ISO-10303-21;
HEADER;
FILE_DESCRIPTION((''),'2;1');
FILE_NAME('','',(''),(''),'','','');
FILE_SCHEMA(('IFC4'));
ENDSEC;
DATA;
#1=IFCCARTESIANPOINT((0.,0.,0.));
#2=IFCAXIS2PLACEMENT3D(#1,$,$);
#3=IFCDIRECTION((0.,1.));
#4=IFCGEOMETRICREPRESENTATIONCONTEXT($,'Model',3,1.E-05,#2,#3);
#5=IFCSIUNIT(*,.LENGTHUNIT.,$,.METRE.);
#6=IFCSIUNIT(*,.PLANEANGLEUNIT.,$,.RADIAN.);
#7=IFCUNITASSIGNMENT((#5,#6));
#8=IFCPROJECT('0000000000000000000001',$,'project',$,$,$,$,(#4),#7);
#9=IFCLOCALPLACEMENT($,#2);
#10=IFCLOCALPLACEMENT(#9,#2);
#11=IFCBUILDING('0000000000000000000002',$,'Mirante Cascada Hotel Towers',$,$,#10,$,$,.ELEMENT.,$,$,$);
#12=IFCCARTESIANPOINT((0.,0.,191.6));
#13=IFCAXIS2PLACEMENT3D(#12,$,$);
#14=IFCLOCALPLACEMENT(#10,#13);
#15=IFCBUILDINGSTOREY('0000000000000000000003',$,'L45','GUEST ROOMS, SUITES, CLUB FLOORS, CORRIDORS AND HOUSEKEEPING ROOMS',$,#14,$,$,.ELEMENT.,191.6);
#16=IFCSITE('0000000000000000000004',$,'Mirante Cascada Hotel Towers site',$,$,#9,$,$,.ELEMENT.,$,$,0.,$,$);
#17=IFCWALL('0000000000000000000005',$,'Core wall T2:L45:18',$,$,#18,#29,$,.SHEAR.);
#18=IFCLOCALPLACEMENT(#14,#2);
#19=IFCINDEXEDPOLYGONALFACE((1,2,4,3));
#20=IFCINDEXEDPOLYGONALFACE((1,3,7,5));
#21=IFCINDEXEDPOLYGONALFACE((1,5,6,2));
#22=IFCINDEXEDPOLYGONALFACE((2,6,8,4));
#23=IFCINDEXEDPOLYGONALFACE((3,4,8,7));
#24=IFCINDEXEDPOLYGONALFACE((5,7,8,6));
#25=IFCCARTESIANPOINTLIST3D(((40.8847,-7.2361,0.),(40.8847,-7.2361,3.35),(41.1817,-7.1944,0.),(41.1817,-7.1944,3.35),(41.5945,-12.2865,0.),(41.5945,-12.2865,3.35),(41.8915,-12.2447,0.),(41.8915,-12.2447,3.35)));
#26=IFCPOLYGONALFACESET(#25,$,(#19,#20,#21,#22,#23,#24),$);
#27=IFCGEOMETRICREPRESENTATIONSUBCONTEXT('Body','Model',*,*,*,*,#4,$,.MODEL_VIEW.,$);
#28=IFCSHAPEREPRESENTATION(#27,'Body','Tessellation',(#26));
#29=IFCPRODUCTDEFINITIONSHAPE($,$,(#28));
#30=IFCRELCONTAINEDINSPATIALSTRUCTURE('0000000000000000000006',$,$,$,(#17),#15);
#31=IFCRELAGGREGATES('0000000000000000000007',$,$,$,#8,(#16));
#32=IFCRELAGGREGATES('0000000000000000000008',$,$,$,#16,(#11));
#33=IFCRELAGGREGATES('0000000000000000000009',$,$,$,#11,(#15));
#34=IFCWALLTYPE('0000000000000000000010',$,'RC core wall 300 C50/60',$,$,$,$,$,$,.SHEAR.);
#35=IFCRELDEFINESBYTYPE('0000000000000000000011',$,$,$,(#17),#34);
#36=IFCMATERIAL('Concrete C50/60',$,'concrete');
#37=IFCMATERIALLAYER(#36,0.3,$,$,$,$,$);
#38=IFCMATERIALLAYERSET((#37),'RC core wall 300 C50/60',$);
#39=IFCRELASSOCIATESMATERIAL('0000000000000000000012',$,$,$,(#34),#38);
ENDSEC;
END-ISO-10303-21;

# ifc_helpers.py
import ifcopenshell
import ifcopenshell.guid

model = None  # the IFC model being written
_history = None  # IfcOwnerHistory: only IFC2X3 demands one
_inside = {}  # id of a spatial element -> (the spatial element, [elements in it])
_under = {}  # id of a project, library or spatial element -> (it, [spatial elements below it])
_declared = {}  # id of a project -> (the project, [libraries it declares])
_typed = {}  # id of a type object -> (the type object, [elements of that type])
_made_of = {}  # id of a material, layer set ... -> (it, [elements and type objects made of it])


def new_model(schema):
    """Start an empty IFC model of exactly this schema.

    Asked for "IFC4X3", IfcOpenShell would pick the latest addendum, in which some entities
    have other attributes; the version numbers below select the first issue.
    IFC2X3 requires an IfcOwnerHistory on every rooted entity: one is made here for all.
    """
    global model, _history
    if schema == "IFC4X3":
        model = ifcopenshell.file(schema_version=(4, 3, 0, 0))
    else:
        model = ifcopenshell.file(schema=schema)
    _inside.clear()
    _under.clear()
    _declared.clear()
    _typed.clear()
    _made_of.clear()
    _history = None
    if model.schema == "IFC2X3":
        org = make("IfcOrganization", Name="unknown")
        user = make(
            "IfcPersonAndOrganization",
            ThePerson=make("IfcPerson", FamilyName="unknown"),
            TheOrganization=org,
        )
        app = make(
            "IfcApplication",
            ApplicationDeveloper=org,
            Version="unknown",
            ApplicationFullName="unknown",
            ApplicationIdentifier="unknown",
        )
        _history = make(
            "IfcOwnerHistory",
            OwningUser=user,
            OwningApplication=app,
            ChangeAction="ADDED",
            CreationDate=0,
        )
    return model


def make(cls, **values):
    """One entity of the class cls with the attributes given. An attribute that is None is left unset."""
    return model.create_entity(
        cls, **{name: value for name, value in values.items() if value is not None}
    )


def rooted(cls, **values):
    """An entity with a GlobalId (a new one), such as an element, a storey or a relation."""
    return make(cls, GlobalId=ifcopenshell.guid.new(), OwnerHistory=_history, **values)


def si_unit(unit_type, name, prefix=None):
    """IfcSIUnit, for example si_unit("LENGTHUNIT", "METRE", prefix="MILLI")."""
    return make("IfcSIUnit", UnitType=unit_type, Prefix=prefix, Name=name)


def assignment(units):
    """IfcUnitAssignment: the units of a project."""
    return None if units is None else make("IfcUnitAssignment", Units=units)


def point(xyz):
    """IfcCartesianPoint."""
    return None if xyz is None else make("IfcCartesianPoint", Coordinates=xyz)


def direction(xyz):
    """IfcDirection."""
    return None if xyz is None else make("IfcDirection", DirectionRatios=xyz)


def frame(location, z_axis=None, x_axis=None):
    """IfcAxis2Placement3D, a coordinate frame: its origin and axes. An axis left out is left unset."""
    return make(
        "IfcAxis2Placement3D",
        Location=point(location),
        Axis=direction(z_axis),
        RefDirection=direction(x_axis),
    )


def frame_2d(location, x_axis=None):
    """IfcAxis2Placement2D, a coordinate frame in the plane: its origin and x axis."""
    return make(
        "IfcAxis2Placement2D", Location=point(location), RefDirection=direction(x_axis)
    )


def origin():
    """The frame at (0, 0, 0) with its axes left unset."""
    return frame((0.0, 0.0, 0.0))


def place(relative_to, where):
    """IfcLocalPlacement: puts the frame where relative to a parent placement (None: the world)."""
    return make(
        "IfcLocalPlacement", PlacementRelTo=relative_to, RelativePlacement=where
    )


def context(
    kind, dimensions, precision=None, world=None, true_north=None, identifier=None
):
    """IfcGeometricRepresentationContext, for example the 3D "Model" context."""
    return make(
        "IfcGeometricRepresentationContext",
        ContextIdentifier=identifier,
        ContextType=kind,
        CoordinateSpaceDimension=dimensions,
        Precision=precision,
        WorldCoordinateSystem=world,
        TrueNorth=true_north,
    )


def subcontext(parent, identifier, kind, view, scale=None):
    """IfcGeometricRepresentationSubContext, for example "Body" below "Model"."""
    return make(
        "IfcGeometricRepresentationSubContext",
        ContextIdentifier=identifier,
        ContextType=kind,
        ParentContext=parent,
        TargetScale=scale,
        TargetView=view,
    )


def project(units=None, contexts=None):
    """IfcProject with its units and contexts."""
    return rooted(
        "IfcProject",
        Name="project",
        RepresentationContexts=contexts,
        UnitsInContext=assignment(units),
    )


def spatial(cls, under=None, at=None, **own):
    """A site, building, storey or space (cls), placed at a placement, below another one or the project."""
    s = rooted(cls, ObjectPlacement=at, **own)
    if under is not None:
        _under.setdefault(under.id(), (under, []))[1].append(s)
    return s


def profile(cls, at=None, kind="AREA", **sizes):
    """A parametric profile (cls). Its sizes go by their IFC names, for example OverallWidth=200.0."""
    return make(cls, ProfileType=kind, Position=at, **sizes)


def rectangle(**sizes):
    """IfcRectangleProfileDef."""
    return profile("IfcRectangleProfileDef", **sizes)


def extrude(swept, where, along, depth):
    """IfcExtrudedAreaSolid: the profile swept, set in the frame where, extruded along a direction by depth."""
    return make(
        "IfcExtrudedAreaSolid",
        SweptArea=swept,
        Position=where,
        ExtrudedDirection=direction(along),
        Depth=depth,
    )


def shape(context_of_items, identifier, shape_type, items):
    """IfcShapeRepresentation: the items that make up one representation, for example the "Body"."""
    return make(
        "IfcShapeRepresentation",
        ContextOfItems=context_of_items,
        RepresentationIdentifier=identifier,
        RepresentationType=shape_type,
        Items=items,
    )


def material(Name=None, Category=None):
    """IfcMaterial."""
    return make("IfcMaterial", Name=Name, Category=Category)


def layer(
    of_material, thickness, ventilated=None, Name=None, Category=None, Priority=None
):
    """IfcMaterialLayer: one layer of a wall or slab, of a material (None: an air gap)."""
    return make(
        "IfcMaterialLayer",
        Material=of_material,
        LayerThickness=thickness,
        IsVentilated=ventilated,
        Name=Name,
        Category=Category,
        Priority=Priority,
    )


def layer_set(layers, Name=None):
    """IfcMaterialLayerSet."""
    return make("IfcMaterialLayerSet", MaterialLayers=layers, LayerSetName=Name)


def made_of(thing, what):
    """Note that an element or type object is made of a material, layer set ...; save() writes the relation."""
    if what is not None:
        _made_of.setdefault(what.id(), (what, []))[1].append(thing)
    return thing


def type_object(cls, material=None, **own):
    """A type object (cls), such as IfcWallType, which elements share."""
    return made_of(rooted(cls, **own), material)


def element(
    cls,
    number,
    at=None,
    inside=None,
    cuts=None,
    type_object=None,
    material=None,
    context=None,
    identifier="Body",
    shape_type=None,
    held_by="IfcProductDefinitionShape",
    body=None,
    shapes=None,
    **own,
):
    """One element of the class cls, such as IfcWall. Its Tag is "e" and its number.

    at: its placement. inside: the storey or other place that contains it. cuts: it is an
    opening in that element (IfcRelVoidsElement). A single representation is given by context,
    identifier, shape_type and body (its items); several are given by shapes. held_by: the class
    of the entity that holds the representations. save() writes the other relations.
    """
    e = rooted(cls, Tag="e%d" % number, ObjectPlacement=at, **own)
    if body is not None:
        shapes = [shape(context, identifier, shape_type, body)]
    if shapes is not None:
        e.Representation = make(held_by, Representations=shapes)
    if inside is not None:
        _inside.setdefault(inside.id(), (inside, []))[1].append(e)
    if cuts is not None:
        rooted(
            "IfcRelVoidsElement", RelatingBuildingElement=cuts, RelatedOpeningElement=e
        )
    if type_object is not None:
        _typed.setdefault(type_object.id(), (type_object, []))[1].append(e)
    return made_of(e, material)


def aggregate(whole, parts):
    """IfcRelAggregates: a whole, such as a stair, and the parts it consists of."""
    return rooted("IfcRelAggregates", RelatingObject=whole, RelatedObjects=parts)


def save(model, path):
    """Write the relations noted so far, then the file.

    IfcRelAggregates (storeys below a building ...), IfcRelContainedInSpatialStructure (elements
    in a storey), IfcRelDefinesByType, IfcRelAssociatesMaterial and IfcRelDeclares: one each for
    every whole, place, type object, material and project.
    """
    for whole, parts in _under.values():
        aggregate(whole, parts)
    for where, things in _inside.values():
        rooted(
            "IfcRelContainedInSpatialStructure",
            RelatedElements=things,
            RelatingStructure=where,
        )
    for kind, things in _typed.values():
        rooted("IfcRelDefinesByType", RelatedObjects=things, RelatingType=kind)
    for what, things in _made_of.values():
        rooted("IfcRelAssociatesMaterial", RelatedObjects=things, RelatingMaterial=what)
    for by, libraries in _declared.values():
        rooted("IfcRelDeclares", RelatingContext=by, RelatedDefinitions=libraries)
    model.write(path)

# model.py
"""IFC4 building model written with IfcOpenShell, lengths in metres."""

from ifc_helpers import new_model, si_unit, direction, frame, frame_2d, origin, place, context, subcontext, project, spatial, rectangle, extrude, material, layer, layer_set, type_object, element, save


model = new_model("IFC4")

# Units and contexts
model_context = context("Model", 3, precision=1e-05, world=origin(), true_north=direction((0.0, 1.0)))
body_context = subcontext(model_context, "Body", "Model", "MODEL_VIEW")
ifc_project = project(units=[si_unit("LENGTHUNIT", "METRE"), si_unit("PLANEANGLEUNIT", "RADIAN")], contexts=[model_context])

# Site, building, storey
site_placement = place(None, origin())
site = spatial("IfcSite", under=ifc_project, at=site_placement, Name="Mirante Cascada Hotel Towers site", CompositionType="ELEMENT", RefElevation=0.0)
building_placement = place(site_placement, origin())
building = spatial("IfcBuilding", under=site, at=building_placement, Name="Mirante Cascada Hotel Towers", CompositionType="ELEMENT")
storey_placement = place(building_placement, frame((0.0, 0.0, 191.6)))
storey = spatial("IfcBuildingStorey", under=building, at=storey_placement, Name="L45", Description="GUEST ROOMS, SUITES, CLUB FLOORS, CORRIDORS AND HOUSEKEEPING ROOMS", CompositionType="ELEMENT", Elevation=191.6)

# Shared definitions
ifc_material_1 = material(Name="Concrete C50/60", Category="concrete")
ifc_layer_1 = layer(ifc_material_1, 0.3)
ifc_layer_set_1 = layer_set([ifc_layer_1], Name="RC core wall 300 C50/60")
wall_type_1 = type_object("IfcWallType", Name="RC core wall 300 C50/60", PredefinedType="SHEAR", material=ifc_layer_set_1)

# Wall
wall_1_placement = place(storey_placement, frame((41.743, -12.2656, 0.0), z_axis=(0.0, 0.0, 1.0), x_axis=(-0.139176, 0.990268, 0.0)))
element("IfcWall", 1, at=wall_1_placement, inside=storey, type_object=wall_type_1, Name="Core wall T2:L45:18", PredefinedType="SHEAR", context=body_context, shape_type="SweptSolid", body=[
    extrude(rectangle(XDim=5.1, YDim=0.3, at=frame_2d((2.55, 0.0))), origin(), (0.0, 0.0, 1.0), 3.35),
])

save(model, "model.ifc")
